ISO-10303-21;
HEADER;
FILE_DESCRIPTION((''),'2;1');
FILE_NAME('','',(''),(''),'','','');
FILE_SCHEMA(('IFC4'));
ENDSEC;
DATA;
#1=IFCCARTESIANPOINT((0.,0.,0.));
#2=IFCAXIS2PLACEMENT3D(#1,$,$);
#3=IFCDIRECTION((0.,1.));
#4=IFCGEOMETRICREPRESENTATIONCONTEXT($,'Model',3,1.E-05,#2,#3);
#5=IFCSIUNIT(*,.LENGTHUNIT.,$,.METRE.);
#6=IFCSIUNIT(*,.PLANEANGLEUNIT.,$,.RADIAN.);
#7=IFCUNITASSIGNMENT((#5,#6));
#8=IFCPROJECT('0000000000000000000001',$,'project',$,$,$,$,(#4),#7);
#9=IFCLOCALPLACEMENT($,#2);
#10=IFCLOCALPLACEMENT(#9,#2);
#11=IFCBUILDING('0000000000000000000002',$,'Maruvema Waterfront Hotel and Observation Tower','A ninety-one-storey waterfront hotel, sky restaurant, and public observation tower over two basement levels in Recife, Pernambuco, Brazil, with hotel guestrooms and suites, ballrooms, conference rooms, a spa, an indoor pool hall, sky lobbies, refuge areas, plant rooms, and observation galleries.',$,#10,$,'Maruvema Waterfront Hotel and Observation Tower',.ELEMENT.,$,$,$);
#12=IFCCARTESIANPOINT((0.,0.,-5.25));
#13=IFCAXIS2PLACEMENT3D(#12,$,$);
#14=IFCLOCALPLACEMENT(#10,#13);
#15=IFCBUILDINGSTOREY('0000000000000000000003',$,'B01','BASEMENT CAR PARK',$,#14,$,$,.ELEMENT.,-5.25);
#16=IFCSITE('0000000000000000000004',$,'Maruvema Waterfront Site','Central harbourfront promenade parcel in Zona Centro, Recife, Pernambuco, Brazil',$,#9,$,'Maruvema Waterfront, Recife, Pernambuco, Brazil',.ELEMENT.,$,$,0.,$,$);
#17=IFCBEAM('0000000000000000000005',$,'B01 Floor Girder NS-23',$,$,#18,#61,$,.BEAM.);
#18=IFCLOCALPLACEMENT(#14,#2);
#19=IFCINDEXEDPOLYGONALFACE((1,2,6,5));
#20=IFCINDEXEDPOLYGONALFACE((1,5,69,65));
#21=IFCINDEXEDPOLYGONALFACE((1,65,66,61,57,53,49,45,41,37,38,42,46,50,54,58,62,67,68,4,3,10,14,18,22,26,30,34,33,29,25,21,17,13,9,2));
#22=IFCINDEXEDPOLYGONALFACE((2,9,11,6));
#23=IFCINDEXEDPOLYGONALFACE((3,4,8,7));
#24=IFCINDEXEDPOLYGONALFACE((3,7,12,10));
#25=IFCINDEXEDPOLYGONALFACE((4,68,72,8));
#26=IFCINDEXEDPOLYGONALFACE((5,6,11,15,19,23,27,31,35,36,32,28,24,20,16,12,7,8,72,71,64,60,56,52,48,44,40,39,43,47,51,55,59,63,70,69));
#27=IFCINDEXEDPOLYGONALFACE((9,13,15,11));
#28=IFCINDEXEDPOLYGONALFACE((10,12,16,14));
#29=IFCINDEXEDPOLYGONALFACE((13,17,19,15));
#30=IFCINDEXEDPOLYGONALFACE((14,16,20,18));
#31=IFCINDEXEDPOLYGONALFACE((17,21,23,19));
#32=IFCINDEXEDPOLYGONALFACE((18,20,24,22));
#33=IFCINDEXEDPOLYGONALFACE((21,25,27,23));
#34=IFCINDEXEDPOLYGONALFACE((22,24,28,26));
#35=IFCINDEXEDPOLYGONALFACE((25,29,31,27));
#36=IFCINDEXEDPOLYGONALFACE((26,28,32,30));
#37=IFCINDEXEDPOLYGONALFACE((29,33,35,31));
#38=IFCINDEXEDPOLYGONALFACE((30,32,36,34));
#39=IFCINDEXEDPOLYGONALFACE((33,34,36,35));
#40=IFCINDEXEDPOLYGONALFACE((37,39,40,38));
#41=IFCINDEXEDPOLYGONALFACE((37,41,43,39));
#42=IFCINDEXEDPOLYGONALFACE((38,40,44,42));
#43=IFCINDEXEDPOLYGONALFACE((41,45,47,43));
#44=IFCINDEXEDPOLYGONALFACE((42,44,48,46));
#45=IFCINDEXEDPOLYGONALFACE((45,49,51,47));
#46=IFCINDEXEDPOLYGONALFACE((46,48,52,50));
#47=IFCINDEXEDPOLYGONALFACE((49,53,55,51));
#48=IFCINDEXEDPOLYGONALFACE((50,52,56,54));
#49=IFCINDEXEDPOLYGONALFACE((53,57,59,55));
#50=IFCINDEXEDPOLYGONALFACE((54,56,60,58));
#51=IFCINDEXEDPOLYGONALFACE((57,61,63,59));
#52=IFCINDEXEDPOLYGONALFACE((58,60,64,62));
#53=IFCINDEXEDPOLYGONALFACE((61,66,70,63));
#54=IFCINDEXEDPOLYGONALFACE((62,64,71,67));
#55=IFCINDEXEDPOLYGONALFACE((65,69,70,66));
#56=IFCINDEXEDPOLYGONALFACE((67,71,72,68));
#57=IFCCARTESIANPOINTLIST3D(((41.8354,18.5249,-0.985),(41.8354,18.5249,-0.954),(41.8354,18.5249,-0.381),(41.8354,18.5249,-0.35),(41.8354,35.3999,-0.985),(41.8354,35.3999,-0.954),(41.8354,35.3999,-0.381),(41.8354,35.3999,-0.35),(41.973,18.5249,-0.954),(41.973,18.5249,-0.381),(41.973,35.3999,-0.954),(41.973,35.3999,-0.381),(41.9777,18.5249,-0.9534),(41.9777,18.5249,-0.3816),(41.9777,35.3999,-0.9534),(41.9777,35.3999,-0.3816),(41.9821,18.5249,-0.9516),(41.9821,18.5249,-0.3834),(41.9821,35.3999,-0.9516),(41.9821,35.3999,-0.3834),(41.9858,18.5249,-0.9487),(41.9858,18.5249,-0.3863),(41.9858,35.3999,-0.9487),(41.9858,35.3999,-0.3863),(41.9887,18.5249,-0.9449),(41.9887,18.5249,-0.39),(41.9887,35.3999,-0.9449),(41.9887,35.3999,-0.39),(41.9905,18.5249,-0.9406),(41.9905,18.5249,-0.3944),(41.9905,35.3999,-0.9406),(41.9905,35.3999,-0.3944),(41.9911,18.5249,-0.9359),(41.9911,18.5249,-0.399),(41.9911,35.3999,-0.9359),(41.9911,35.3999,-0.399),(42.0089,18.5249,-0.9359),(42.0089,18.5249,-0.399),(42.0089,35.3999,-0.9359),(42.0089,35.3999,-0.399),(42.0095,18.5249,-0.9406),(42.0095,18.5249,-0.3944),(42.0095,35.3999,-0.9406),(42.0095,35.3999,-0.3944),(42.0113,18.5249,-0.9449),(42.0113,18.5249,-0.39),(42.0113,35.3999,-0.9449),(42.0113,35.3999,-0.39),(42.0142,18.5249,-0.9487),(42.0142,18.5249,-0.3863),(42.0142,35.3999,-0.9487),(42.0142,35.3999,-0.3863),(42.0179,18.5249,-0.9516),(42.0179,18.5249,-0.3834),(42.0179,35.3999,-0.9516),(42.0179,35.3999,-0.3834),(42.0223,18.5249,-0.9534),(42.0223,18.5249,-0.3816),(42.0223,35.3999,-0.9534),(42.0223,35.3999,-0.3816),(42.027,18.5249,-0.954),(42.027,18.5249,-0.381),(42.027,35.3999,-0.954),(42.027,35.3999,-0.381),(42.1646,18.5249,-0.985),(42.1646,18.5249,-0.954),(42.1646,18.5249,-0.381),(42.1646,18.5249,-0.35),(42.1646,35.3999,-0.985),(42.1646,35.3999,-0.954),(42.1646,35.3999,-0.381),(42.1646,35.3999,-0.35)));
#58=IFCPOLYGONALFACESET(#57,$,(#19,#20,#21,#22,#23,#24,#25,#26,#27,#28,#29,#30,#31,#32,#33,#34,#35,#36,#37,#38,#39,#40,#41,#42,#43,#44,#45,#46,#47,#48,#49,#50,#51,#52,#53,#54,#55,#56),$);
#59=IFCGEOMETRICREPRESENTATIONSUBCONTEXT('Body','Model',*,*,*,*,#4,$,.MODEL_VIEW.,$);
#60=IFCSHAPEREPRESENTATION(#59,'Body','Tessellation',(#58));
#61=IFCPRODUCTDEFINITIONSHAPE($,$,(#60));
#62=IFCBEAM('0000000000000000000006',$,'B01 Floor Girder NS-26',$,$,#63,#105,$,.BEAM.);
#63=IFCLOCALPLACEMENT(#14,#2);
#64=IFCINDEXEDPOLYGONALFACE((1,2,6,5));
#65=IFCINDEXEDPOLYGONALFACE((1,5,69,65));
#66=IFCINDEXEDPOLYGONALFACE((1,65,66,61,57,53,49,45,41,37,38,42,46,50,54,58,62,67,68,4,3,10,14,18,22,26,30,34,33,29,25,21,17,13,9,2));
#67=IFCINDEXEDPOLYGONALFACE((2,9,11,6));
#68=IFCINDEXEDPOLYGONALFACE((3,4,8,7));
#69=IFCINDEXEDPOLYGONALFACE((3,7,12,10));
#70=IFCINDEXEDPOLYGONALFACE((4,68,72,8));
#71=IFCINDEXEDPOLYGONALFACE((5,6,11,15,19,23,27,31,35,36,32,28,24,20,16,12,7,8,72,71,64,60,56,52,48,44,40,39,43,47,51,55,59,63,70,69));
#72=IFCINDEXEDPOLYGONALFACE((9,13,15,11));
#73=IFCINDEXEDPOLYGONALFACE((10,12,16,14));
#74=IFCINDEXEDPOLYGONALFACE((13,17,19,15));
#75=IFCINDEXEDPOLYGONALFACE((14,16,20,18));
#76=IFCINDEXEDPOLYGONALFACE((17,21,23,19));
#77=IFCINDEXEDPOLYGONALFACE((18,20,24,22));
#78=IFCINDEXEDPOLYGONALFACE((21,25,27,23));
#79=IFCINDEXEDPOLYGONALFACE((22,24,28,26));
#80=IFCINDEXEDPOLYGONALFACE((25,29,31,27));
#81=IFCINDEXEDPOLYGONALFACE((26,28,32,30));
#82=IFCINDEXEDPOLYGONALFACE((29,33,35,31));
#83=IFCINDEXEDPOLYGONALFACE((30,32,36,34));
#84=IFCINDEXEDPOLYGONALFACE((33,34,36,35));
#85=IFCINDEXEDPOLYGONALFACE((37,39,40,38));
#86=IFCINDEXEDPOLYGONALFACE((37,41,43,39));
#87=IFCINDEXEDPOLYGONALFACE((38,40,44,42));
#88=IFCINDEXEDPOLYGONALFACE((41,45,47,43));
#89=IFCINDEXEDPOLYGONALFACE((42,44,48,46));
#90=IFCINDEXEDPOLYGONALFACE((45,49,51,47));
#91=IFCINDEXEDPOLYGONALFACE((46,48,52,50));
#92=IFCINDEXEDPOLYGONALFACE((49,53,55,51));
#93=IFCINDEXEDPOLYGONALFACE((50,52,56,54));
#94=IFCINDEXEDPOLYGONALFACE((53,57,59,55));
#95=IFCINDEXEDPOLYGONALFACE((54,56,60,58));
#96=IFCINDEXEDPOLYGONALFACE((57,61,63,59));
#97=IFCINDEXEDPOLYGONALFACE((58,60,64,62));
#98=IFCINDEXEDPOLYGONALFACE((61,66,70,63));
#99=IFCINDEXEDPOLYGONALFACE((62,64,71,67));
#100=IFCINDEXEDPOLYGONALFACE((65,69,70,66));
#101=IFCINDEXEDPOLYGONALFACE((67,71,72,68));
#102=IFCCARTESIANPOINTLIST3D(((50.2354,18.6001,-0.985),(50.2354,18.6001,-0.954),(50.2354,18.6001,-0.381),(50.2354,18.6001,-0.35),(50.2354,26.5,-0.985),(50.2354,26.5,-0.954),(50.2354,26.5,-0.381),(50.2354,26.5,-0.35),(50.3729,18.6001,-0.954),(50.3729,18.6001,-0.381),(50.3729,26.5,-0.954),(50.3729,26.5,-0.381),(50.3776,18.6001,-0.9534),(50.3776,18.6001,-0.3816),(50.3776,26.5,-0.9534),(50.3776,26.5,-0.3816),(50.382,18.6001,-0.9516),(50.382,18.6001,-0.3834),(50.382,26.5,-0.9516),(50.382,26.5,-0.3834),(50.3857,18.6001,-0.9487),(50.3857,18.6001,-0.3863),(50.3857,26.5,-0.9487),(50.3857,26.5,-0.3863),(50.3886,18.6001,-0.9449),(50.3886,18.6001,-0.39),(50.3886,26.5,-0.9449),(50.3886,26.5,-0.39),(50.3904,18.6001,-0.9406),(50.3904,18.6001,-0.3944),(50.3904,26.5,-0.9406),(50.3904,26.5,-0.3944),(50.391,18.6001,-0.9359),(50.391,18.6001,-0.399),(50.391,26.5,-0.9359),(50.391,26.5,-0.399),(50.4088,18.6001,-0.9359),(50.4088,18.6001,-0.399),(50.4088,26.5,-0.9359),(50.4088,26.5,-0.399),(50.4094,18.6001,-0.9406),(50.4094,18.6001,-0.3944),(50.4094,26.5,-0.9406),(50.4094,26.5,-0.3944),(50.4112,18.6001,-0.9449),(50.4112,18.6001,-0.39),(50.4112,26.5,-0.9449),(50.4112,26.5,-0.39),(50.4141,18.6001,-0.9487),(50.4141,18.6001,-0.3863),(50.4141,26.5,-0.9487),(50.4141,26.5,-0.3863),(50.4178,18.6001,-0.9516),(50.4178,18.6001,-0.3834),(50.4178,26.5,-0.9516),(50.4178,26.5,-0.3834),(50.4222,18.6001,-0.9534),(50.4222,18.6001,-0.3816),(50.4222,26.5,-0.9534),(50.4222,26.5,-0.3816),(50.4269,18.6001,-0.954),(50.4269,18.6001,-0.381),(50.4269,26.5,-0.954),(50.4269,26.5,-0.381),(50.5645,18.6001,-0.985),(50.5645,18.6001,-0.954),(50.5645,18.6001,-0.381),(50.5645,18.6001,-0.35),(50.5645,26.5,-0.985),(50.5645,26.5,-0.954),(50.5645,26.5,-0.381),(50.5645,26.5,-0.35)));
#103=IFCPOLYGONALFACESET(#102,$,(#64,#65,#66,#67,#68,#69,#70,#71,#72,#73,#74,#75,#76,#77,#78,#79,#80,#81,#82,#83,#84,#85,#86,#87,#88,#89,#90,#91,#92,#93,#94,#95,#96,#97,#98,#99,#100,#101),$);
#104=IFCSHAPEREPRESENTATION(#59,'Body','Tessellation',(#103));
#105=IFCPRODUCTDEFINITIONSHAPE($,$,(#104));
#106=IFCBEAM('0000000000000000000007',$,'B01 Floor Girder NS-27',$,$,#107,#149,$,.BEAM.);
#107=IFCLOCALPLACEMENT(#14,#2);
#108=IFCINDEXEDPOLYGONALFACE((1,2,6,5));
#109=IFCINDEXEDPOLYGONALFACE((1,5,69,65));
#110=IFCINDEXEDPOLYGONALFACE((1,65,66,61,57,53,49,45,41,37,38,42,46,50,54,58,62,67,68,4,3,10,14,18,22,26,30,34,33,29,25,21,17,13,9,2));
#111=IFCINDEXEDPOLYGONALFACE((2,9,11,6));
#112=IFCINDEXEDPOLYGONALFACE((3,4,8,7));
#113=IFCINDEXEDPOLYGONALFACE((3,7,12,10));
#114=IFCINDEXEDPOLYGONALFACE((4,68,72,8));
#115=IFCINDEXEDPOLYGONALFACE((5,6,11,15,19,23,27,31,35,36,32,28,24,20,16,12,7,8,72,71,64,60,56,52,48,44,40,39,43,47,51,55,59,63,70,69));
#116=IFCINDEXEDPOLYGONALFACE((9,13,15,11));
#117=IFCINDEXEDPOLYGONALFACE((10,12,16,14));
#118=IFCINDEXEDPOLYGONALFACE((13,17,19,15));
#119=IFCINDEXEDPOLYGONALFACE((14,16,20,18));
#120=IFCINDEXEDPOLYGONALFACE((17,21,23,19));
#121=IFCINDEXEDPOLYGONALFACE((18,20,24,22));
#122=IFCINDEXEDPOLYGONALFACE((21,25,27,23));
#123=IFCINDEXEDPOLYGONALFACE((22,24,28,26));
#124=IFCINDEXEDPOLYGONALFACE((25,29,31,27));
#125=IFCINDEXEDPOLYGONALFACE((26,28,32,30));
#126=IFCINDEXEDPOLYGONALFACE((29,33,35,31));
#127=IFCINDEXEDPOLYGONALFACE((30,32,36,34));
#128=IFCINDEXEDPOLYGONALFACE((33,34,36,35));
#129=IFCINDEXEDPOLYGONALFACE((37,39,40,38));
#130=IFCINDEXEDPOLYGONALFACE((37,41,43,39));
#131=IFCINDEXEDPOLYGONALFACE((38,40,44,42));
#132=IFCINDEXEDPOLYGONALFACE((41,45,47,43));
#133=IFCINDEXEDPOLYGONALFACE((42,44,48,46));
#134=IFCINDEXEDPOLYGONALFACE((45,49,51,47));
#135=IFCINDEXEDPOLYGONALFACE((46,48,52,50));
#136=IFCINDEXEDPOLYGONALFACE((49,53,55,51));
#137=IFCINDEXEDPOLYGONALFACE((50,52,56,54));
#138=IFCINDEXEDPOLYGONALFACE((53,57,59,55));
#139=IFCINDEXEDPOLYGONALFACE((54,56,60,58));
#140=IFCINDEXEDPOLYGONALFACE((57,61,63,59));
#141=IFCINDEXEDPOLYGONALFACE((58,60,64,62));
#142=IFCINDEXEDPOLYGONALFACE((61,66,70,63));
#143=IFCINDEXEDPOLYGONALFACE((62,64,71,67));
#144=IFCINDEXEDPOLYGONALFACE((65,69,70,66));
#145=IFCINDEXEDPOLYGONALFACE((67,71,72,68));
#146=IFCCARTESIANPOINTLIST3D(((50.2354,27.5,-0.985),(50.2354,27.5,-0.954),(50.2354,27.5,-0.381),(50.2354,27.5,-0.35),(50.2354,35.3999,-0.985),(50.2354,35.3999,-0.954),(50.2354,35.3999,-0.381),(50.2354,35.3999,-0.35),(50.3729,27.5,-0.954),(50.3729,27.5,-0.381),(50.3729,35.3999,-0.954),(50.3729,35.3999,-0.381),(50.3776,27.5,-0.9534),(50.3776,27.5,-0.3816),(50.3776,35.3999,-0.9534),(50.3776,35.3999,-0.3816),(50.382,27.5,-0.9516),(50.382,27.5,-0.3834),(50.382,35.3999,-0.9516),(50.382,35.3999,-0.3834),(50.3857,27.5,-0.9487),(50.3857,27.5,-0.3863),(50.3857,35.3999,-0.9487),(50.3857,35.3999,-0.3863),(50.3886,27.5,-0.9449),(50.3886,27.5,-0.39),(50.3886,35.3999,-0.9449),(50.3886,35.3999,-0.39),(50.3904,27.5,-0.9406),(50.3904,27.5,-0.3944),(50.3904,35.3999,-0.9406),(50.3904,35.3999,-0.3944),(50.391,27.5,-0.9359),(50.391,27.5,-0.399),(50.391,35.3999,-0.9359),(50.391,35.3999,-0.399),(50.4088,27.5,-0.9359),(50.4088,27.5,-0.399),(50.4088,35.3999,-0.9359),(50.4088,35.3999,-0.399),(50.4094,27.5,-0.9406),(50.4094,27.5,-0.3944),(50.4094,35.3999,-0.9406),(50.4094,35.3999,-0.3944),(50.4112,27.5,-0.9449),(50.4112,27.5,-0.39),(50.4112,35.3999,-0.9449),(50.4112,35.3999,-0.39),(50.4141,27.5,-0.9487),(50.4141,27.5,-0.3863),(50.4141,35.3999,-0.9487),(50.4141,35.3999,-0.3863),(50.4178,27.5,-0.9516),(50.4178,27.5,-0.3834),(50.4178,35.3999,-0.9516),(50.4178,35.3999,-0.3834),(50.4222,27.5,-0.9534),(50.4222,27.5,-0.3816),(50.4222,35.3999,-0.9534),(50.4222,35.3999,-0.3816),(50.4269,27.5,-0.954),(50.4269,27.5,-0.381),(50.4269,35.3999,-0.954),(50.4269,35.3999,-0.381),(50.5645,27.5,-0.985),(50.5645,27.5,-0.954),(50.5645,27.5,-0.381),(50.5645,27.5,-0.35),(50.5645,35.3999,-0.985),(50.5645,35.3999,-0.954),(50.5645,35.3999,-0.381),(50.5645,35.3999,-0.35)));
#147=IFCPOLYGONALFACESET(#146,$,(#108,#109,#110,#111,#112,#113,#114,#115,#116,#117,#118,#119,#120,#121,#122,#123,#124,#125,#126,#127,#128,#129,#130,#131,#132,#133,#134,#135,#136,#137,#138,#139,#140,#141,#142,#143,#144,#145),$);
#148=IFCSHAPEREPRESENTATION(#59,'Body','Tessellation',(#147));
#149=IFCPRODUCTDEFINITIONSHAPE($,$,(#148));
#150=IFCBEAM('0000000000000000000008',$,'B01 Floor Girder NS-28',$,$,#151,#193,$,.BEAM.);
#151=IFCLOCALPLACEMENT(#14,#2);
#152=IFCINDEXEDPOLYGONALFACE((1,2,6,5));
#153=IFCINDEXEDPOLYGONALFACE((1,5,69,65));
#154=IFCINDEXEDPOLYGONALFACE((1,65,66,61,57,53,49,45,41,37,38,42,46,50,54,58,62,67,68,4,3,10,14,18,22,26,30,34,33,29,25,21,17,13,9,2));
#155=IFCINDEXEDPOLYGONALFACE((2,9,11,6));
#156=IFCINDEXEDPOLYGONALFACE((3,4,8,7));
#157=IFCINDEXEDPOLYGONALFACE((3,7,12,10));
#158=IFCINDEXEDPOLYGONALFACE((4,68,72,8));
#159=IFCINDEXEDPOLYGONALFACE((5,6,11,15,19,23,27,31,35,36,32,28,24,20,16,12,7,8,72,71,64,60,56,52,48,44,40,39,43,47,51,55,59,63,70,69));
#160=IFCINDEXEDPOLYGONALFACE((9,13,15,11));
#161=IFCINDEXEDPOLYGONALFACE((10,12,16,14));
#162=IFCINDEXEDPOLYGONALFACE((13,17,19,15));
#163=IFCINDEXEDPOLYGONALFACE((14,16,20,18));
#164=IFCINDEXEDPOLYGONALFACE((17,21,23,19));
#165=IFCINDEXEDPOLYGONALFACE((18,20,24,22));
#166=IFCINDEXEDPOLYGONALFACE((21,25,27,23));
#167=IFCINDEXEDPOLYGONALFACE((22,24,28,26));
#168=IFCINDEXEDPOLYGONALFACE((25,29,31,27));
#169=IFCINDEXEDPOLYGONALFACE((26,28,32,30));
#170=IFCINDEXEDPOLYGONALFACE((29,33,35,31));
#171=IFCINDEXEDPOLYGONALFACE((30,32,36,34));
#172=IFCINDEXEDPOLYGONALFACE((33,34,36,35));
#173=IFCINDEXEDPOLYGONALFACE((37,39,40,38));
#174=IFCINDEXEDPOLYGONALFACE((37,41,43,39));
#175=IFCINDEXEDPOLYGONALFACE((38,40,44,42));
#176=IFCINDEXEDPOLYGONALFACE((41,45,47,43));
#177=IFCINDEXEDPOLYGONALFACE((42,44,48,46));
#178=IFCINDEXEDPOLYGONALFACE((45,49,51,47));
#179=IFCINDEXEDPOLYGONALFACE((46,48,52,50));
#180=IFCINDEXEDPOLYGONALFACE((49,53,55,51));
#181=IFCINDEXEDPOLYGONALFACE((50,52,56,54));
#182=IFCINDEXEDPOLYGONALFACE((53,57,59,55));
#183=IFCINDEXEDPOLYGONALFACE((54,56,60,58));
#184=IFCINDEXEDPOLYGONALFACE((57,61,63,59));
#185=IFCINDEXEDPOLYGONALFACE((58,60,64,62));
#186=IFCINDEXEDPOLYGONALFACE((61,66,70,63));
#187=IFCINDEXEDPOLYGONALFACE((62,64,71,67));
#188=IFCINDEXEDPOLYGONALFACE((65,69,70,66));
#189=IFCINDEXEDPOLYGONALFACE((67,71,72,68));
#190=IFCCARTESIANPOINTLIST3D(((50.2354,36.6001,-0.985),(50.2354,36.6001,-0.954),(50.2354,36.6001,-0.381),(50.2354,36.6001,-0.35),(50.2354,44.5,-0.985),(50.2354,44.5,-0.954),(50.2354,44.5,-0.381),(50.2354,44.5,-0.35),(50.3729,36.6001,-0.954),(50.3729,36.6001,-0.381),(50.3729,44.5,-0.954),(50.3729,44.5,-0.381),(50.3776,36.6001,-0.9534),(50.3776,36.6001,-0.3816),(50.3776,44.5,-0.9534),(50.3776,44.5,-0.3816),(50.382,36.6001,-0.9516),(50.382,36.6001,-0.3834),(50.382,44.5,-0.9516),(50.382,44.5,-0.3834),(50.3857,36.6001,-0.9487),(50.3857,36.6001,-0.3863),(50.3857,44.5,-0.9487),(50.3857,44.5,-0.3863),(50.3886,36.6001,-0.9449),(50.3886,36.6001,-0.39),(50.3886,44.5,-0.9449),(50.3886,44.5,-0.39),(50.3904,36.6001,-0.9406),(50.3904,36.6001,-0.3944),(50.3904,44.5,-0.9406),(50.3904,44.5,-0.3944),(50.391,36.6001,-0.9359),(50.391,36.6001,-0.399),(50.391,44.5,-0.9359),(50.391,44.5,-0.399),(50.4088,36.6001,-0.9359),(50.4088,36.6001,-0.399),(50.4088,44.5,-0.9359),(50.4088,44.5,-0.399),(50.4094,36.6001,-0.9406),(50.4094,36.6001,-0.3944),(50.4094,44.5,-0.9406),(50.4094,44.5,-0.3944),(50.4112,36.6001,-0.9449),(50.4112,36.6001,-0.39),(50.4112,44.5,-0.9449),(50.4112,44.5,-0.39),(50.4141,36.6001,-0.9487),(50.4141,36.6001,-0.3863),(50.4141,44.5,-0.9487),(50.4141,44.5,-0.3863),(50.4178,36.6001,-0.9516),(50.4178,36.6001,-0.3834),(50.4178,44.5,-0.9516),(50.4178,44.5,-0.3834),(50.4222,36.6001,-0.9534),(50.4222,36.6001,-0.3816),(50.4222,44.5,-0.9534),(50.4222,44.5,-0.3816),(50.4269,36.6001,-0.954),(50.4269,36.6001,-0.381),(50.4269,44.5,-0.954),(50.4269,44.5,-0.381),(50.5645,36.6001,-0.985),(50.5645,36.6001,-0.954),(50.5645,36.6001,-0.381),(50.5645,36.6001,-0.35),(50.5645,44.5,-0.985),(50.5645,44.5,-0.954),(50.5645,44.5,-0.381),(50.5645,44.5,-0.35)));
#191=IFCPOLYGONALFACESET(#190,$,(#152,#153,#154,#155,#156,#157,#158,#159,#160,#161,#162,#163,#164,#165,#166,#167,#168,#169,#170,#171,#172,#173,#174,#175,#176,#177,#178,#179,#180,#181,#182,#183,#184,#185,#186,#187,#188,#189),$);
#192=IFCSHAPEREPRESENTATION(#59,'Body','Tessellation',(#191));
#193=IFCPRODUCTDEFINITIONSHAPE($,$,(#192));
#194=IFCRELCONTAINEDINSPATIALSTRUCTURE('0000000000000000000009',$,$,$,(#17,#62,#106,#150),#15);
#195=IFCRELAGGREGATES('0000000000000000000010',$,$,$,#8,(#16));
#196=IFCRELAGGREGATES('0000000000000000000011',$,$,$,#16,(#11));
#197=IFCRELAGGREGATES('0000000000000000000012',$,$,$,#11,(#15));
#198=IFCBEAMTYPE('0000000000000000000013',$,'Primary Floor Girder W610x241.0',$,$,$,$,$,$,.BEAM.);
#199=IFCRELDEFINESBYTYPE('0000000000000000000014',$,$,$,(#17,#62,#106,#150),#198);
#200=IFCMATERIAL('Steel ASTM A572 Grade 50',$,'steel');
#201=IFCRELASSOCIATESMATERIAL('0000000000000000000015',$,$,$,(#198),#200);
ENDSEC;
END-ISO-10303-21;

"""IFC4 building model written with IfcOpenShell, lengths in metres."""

from ifc_helpers import new_model, si_unit, direction, frame, origin, origin_2d, place, context, subcontext, project, spatial, i_section, extrude, material, material_profile, profile_set, type_object, element, save


model = new_model("IFC4")

# Units and contexts
model_context = context("Model", 3, precision=1e-05, world=origin(), true_north=direction((0.0, 1.0)))
body_context = subcontext(model_context, "Body", "Model", "MODEL_VIEW")
ifc_project = project(units=[si_unit("LENGTHUNIT", "METRE"), si_unit("PLANEANGLEUNIT", "RADIAN")], contexts=[model_context])

# Site, building, storey
site_placement = place(None, origin())
site = spatial("IfcSite", under=ifc_project, at=site_placement, Name="Maruvema Waterfront Site", Description="Central harbourfront promenade parcel in Zona Centro, Recife, Pernambuco, Brazil", LongName="Maruvema Waterfront, Recife, Pernambuco, Brazil", CompositionType="ELEMENT", RefElevation=0.0)
building_placement = place(site_placement, origin())
building = spatial("IfcBuilding", under=site, at=building_placement, Name="Maruvema Waterfront Hotel and Observation Tower", Description="A ninety-one-storey waterfront hotel, sky restaurant, and public observation tower over two basement levels in Recife, Pernambuco, Brazil, with hotel guestrooms and suites, ballrooms, conference rooms, a spa, an indoor pool hall, sky lobbies, refuge areas, plant rooms, and observation galleries.", LongName="Maruvema Waterfront Hotel and Observation Tower", CompositionType="ELEMENT")
storey_placement = place(building_placement, frame((0.0, 0.0, -5.25)))
storey = spatial("IfcBuildingStorey", under=building, at=storey_placement, Name="B01", Description="BASEMENT CAR PARK", CompositionType="ELEMENT", Elevation=-5.25)

# Beams
ifc_material_1 = material(Name="Steel ASTM A572 Grade 50", Category="steel")
ifc_material_profile_1 = material_profile(ifc_material_1, i_section(OverallWidth=0.3291, OverallDepth=0.635, WebThickness=0.0178, FlangeThickness=0.031, FilletRadius=0.0181, at=origin_2d()), Name="W610x241.0")
ifc_profile_set_1 = profile_set([ifc_material_profile_1], Name="Steel ASTM A572 Grade 50")
beam_type = type_object("IfcBeamType", Name="Primary Floor Girder W610x241.0", PredefinedType="BEAM", material=ifc_profile_set_1)
beam_1_placement = place(storey_placement, frame((42.0, 18.5249, -0.6675), z_axis=(0.0, 1.0, 0.0), x_axis=(-1.0, 0.0, 0.0)))
element("IfcBeam", 1, at=beam_1_placement, inside=storey, type_object=beam_type, Name="B01 Floor Girder NS-23", PredefinedType="BEAM", context=body_context, shape_type="SweptSolid", body=[
    extrude(i_section(OverallWidth=0.3291, OverallDepth=0.635, WebThickness=0.0178, FlangeThickness=0.031, FilletRadius=0.0181, at=origin_2d()), origin(), (0.0, 0.0, 1.0), 16.875),
])
for number, where, z_axis, x_axis, name in (
    (2, (50.3999, 18.6001, -0.6675), (0.0, 1.0, 0.0), (-1.0, 0.0, 0.0), "B01 Floor Girder NS-26"),
    (3, (50.3999, 27.5, -0.6675), (0.0, 1.0, 0.0), (-1.0, 0.0, 0.0), "B01 Floor Girder NS-27"),
    (4, (50.3999, 36.6001, -0.6675), (0.0, 1.0, 0.0), (-1.0, 0.0, 0.0), "B01 Floor Girder NS-28"),
):
    element("IfcBeam", number, at=place(storey_placement, frame(where, z_axis=z_axis, x_axis=x_axis)), inside=storey, type_object=beam_type, Name=name, PredefinedType="BEAM", context=body_context, shape_type="SweptSolid", body=[
        extrude(i_section(OverallWidth=0.3291, OverallDepth=0.635, WebThickness=0.0178, FlangeThickness=0.031, FilletRadius=0.0181, at=origin_2d()), origin(), (0.0, 0.0, 1.0), 7.8999),
    ])

save(model, "model.ifc")
